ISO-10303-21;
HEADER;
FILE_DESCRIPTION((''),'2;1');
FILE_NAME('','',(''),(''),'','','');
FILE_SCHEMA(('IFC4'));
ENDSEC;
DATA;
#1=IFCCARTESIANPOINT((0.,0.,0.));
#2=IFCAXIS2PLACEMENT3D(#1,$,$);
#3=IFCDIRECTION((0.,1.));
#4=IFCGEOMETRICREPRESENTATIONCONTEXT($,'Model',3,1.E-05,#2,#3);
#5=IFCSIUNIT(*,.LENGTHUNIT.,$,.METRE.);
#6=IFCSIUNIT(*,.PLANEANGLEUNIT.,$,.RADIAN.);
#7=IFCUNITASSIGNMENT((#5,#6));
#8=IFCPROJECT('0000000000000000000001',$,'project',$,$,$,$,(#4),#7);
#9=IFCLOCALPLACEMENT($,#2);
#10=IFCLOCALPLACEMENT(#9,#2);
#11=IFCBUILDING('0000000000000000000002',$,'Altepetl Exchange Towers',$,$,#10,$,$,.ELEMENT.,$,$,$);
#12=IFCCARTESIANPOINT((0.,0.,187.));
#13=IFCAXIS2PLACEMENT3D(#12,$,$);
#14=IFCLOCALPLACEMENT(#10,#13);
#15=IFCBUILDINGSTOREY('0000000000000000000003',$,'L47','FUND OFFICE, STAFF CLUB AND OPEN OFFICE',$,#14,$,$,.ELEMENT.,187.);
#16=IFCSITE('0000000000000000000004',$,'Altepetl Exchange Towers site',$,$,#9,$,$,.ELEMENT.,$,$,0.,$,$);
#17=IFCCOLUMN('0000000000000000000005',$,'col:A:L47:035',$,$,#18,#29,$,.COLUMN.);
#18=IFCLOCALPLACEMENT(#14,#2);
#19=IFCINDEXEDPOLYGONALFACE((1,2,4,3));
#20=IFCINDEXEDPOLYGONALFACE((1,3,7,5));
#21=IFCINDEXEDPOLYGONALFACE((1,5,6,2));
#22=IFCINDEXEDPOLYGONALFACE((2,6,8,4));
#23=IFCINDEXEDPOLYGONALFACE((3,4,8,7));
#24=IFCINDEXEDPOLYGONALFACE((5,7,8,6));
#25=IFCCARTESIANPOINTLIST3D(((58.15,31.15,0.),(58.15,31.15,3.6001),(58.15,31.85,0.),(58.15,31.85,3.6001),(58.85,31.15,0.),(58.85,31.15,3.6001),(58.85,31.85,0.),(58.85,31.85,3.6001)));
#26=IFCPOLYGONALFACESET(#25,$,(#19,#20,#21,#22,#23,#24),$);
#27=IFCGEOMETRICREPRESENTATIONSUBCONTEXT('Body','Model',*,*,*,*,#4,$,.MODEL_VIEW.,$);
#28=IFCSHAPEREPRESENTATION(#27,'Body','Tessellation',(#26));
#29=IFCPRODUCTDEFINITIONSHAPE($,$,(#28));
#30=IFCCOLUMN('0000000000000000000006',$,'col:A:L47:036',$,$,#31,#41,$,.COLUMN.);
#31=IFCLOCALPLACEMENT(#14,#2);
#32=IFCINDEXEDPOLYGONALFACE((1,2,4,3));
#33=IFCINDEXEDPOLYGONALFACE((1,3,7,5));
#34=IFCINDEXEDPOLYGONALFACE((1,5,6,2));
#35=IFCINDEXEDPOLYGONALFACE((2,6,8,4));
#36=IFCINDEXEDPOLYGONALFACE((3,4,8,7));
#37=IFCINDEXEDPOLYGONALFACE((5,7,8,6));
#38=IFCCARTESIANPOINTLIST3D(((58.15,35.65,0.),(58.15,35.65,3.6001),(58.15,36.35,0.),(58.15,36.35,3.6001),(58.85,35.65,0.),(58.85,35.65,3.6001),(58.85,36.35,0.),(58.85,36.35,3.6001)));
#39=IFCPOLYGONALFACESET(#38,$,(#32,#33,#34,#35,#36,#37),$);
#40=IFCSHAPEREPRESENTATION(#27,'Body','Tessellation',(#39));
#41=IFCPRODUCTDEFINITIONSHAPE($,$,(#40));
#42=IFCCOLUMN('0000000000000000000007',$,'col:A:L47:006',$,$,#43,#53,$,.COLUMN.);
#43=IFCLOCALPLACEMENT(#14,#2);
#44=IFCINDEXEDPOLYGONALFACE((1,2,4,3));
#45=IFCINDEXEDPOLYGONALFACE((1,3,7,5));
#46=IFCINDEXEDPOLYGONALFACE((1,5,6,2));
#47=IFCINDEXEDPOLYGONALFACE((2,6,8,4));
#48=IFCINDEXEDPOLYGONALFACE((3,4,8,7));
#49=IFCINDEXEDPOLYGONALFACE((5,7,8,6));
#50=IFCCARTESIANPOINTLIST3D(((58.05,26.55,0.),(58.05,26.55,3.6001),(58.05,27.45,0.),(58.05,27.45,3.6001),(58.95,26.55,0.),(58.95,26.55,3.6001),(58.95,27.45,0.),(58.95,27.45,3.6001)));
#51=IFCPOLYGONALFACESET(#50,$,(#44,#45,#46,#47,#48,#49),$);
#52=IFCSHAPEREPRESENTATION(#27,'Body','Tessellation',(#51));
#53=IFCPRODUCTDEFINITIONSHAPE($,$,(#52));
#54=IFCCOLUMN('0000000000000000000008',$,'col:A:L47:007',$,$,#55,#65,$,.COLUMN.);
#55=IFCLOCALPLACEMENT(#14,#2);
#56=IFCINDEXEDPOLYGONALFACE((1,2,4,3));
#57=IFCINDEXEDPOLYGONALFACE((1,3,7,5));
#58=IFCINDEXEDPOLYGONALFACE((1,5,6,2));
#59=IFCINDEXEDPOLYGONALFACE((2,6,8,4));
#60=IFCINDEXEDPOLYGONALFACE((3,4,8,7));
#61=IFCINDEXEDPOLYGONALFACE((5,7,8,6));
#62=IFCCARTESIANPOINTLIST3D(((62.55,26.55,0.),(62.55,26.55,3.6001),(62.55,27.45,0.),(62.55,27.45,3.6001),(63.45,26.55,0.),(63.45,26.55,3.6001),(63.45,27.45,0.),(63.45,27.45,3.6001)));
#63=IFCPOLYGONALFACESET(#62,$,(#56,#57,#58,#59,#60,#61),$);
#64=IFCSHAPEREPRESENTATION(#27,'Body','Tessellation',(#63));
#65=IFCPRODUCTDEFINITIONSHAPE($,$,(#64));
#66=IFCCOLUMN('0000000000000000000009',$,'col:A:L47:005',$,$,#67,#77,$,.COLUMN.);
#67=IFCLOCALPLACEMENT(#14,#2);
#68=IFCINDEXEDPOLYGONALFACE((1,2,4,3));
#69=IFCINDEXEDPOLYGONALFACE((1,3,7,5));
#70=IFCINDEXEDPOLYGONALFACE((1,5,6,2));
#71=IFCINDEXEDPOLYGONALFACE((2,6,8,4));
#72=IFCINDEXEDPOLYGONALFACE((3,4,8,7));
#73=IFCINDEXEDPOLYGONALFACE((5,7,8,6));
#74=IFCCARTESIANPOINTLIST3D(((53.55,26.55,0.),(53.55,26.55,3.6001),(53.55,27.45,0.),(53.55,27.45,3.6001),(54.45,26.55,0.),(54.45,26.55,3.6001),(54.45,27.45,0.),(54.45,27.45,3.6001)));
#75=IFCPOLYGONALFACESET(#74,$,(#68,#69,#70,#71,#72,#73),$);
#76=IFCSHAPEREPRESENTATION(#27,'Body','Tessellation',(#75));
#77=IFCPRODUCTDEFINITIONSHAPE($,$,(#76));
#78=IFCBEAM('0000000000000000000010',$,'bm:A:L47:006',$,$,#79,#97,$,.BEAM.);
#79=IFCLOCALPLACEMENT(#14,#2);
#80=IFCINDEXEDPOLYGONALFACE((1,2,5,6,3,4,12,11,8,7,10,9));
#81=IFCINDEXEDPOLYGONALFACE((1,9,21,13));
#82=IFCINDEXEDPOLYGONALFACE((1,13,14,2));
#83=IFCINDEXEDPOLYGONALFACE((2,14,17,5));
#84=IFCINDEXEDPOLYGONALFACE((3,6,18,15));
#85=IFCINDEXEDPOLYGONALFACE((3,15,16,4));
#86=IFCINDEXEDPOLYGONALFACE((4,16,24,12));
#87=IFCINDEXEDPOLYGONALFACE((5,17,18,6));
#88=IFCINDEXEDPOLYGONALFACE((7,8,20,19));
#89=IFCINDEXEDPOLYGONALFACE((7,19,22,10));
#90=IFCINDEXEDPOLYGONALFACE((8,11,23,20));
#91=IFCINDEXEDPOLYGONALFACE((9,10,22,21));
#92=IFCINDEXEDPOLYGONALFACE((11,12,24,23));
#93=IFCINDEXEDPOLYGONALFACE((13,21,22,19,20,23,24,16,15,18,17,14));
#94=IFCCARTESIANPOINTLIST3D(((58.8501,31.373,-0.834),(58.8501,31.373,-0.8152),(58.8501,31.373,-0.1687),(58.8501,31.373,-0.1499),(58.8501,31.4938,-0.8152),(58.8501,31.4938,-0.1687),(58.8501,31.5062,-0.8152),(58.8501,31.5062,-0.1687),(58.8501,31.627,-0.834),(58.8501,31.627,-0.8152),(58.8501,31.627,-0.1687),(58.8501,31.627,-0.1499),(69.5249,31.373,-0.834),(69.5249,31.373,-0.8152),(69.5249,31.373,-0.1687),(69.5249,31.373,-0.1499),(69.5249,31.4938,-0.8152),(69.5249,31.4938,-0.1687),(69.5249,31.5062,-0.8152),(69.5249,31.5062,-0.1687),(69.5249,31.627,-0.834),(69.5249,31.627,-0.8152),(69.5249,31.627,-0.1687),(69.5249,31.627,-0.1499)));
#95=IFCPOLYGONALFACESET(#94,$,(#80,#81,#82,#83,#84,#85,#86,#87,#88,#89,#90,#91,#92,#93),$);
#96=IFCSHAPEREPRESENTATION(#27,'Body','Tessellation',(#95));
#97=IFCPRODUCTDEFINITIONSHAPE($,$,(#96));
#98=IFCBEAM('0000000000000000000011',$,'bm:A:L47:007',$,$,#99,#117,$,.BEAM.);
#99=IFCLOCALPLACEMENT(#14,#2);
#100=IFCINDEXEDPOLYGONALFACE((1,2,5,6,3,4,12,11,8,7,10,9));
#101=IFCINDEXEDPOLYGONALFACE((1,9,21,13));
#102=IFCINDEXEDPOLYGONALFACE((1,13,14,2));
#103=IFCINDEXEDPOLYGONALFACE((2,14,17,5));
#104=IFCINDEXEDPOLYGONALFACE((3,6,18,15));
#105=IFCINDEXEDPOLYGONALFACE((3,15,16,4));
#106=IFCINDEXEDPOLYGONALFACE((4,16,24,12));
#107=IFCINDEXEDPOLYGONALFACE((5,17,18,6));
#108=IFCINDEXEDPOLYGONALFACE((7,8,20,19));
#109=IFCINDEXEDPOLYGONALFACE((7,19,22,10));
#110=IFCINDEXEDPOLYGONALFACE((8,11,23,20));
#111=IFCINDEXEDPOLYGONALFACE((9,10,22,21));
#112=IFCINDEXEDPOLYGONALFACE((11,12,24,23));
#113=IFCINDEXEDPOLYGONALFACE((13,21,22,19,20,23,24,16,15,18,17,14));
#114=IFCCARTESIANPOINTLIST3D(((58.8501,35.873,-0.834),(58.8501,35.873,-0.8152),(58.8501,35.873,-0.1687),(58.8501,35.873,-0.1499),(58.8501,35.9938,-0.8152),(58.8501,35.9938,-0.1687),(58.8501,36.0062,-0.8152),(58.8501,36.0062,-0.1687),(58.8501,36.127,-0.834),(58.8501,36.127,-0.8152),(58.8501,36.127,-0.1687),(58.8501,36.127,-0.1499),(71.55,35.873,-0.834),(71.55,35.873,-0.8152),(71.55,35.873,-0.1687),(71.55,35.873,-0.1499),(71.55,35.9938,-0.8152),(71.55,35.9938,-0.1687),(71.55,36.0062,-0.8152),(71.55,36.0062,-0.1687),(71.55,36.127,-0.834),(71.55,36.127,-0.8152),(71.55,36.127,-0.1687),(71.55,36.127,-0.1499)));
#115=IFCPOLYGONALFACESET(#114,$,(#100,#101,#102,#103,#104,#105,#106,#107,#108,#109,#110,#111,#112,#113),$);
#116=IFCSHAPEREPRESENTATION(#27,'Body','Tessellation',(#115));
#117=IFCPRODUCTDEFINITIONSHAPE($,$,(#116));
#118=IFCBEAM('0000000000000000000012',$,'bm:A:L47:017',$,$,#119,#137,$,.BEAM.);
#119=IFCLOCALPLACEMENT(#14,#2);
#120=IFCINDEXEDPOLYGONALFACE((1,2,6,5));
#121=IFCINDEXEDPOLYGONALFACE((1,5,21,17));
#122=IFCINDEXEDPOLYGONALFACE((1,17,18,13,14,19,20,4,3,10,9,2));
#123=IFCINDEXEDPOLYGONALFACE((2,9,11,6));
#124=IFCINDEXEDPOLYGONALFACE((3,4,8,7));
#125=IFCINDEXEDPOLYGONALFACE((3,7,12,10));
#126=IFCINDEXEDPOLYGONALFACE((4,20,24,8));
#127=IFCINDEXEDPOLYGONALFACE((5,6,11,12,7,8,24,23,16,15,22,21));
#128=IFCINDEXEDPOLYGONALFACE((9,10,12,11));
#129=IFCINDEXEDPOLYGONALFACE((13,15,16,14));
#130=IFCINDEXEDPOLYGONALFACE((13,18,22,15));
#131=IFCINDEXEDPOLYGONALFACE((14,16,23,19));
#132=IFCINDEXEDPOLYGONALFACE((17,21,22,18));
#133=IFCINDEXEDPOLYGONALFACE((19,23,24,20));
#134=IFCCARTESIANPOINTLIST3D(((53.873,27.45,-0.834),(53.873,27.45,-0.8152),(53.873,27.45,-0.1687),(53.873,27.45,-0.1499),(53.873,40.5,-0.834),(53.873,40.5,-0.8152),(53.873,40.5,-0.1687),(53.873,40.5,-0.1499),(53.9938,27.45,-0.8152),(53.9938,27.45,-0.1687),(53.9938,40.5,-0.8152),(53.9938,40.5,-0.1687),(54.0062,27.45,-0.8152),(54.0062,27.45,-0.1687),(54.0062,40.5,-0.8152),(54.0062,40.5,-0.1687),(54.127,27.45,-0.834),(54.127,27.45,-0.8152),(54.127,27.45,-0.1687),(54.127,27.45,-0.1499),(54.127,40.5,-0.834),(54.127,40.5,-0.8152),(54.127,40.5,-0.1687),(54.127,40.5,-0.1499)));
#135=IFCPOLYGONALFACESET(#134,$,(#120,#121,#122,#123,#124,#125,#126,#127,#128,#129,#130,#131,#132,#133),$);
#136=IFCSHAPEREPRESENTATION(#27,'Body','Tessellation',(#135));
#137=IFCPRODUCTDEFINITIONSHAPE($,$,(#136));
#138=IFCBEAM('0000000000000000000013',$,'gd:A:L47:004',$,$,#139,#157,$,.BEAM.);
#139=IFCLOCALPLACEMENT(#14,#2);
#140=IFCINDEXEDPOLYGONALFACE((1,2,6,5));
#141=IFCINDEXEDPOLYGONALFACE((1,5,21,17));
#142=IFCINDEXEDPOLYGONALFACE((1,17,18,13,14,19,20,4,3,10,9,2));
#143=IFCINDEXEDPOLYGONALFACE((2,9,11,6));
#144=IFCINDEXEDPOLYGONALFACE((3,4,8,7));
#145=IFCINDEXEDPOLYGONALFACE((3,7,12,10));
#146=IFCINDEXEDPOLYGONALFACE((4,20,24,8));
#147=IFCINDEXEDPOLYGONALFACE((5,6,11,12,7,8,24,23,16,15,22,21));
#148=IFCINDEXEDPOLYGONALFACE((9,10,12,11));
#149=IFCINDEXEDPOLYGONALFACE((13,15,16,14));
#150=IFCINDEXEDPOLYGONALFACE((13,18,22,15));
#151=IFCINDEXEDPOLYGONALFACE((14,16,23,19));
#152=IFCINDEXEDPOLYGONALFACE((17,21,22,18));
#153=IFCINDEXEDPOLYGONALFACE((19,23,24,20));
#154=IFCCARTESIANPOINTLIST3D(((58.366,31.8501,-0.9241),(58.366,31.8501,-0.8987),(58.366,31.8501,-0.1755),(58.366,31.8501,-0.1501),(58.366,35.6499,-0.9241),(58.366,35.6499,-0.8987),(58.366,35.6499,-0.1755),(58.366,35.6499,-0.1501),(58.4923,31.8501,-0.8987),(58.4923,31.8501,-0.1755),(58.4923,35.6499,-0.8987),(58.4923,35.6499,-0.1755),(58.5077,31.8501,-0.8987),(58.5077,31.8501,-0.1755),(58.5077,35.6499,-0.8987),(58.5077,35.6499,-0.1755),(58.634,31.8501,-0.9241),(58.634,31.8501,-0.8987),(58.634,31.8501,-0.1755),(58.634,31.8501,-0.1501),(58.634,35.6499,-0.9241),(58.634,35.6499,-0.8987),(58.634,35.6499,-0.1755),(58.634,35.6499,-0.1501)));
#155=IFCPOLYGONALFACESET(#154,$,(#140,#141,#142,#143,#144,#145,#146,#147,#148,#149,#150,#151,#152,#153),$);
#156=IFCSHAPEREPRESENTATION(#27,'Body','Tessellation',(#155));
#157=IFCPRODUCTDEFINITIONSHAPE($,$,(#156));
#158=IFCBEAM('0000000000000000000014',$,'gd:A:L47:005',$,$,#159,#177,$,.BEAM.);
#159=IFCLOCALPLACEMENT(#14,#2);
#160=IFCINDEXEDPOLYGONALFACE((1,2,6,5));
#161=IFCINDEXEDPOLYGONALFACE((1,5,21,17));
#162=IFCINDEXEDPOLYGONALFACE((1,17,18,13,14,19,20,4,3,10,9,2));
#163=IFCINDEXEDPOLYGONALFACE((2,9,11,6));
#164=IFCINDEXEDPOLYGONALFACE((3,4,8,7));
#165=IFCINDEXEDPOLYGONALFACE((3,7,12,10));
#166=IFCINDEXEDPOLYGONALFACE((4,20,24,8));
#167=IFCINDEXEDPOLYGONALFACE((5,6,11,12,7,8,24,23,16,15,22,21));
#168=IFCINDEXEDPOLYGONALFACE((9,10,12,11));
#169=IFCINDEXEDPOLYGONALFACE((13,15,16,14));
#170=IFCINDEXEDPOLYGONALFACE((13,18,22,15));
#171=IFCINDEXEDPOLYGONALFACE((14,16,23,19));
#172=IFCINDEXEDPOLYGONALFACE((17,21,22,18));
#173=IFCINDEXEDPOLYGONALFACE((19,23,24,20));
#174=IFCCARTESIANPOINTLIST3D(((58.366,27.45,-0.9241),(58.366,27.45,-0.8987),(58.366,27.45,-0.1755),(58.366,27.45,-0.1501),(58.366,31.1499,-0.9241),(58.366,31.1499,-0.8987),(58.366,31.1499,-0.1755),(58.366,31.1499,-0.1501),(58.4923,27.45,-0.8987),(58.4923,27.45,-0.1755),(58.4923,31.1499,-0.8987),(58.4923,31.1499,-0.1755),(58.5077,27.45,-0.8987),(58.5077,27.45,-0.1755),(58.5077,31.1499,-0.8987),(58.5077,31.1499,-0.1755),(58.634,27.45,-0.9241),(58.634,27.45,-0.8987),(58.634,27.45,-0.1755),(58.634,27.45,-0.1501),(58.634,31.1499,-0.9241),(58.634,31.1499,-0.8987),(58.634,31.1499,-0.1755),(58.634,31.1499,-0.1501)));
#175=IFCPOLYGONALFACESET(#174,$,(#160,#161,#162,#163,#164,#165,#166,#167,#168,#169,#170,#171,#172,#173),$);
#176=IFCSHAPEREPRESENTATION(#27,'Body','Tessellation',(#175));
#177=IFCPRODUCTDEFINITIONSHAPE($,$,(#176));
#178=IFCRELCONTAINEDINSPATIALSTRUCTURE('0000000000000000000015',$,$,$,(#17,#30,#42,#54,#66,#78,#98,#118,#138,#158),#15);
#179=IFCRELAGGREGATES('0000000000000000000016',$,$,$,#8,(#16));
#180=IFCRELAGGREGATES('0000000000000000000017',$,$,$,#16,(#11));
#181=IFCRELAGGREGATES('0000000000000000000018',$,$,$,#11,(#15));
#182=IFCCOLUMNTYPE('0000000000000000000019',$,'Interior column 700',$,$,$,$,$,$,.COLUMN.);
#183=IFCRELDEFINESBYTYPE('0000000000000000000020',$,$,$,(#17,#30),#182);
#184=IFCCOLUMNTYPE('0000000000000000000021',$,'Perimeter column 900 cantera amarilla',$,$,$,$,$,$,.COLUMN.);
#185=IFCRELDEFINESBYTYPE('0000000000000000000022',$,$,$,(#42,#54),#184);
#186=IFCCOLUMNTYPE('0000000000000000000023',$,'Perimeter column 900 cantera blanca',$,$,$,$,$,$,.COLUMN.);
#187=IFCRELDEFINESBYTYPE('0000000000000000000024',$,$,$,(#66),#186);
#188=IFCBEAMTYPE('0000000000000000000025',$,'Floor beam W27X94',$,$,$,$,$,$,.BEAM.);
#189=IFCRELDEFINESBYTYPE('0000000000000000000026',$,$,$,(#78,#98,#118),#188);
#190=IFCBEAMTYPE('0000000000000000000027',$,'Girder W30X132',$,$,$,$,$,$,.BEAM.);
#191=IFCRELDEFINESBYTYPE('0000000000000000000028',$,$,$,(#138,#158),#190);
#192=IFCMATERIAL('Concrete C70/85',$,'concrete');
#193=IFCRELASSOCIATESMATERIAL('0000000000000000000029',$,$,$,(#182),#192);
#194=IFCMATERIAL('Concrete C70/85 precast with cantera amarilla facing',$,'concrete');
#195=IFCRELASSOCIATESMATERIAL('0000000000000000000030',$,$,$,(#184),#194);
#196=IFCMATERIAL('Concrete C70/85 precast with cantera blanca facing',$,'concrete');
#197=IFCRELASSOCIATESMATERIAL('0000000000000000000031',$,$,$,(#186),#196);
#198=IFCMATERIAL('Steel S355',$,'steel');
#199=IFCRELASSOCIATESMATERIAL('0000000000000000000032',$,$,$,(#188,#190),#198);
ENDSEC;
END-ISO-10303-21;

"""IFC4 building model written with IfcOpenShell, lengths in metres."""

from ifc_helpers import new_model, si_unit, direction, frame, origin, origin_2d, place, context, subcontext, project, spatial, rectangle, i_section, extrude, material, material_profile, profile_set, type_object, element, save


model = new_model("IFC4")

# Units and contexts
model_context = context("Model", 3, precision=1e-05, world=origin(), true_north=direction((0.0, 1.0)))
body_context = subcontext(model_context, "Body", "Model", "MODEL_VIEW")
ifc_project = project(units=[si_unit("LENGTHUNIT", "METRE"), si_unit("PLANEANGLEUNIT", "RADIAN")], contexts=[model_context])

# Site, building, storey
site_placement = place(None, origin())
site = spatial("IfcSite", under=ifc_project, at=site_placement, Name="Altepetl Exchange Towers site", CompositionType="ELEMENT", RefElevation=0.0)
building_placement = place(site_placement, origin())
building = spatial("IfcBuilding", under=site, at=building_placement, Name="Altepetl Exchange Towers", CompositionType="ELEMENT")
storey_placement = place(building_placement, frame((0.0, 0.0, 187.0)))
storey = spatial("IfcBuildingStorey", under=building, at=storey_placement, Name="L47", Description="FUND OFFICE, STAFF CLUB AND OPEN OFFICE", CompositionType="ELEMENT", Elevation=187.0)

# Columns
ifc_material_1 = material(Name="Concrete C70/85", Category="concrete")
ifc_material_profile_1 = material_profile(ifc_material_1, rectangle(XDim=0.7, YDim=0.7, at=origin_2d()), Name="700 x 700")
ifc_profile_set_1 = profile_set([ifc_material_profile_1], Name="Concrete C70/85")
column_type_1 = type_object("IfcColumnType", Name="Interior column 700", PredefinedType="COLUMN", material=ifc_profile_set_1)
for number, where, name in (
    (1, (58.5, 31.5, 0.0), "col:A:L47:035"),
    (2, (58.5, 36.0, 0.0), "col:A:L47:036"),
):
    element("IfcColumn", number, at=place(storey_placement, frame(where)), inside=storey, type_object=column_type_1, Name=name, PredefinedType="COLUMN", context=body_context, shape_type="SweptSolid", body=[
        extrude(rectangle(XDim=0.7, YDim=0.7, at=origin_2d()), origin(), (0.0, 0.0, 1.0), 3.6001),
    ])
ifc_material_2 = material(Name="Concrete C70/85 precast with cantera amarilla facing", Category="concrete")
ifc_material_profile_2 = material_profile(ifc_material_2, rectangle(XDim=0.8999, YDim=0.8999, at=origin_2d()), Name="900 x 900")
ifc_profile_set_2 = profile_set([ifc_material_profile_2], Name="Concrete C70/85 precast with cantera amarilla facing")
column_type_2 = type_object("IfcColumnType", Name="Perimeter column 900 cantera amarilla", PredefinedType="COLUMN", material=ifc_profile_set_2)
for number, where, name in (
    (3, (58.5, 27.0, 0.0), "col:A:L47:006"),
    (4, (63.0, 27.0, 0.0), "col:A:L47:007"),
):
    element("IfcColumn", number, at=place(storey_placement, frame(where)), inside=storey, type_object=column_type_2, Name=name, PredefinedType="COLUMN", context=body_context, shape_type="SweptSolid", body=[
        extrude(rectangle(XDim=0.8999, YDim=0.8999, at=origin_2d()), origin(), (0.0, 0.0, 1.0), 3.6001),
    ])
ifc_material_3 = material(Name="Concrete C70/85 precast with cantera blanca facing", Category="concrete")
ifc_material_profile_3 = material_profile(ifc_material_3, rectangle(XDim=0.8999, YDim=0.8999, at=origin_2d()), Name="900 x 900")
ifc_profile_set_3 = profile_set([ifc_material_profile_3], Name="Concrete C70/85 precast with cantera blanca facing")
column_type_3 = type_object("IfcColumnType", Name="Perimeter column 900 cantera blanca", PredefinedType="COLUMN", material=ifc_profile_set_3)
column_placement = place(storey_placement, frame((54.0, 27.0, 0.0)))
element("IfcColumn", 5, at=column_placement, inside=storey, type_object=column_type_3, Name="col:A:L47:005", PredefinedType="COLUMN", context=body_context, shape_type="SweptSolid", body=[
    extrude(rectangle(XDim=0.8999, YDim=0.8999, at=origin_2d()), origin(), (0.0, 0.0, 1.0), 3.6001),
])

# Beams
ifc_material_4 = material(Name="Steel S355", Category="steel")
ifc_material_profile_4 = material_profile(ifc_material_4, i_section(OverallWidth=0.2539, OverallDepth=0.6841, WebThickness=0.0125, FlangeThickness=0.0188, at=origin_2d()), Name="W27X94")
ifc_profile_set_4 = profile_set([ifc_material_profile_4], Name="Steel S355")
beam_type_1 = type_object("IfcBeamType", Name="Floor beam W27X94", PredefinedType="BEAM", material=ifc_profile_set_4)
beam_1_placement = place(storey_placement, frame((58.8501, 31.5, -0.4919), z_axis=(1.0, 0.0, 0.0), x_axis=(0.0, 1.0, 0.0)))
element("IfcBeam", 6, at=beam_1_placement, inside=storey, type_object=beam_type_1, Name="bm:A:L47:006", PredefinedType="BEAM", context=body_context, shape_type="SweptSolid", body=[
    extrude(i_section(OverallWidth=0.2539, OverallDepth=0.6841, WebThickness=0.0125, FlangeThickness=0.0188, at=origin_2d()), origin(), (0.0, 0.0, 1.0), 10.6748),
])
beam_2_placement = place(storey_placement, frame((58.8501, 36.0, -0.4919), z_axis=(1.0, 0.0, 0.0), x_axis=(0.0, 1.0, 0.0)))
element("IfcBeam", 7, at=beam_2_placement, inside=storey, type_object=beam_type_1, Name="bm:A:L47:007", PredefinedType="BEAM", context=body_context, shape_type="SweptSolid", body=[
    extrude(i_section(OverallWidth=0.2539, OverallDepth=0.6841, WebThickness=0.0125, FlangeThickness=0.0188, at=origin_2d()), origin(), (0.0, 0.0, 1.0), 12.7),
])
beam_3_placement = place(storey_placement, frame((54.0, 27.45, -0.4919), z_axis=(0.0, 1.0, 0.0), x_axis=(-1.0, 0.0, 0.0)))
element("IfcBeam", 8, at=beam_3_placement, inside=storey, type_object=beam_type_1, Name="bm:A:L47:017", PredefinedType="BEAM", context=body_context, shape_type="SweptSolid", body=[
    extrude(i_section(OverallWidth=0.2539, OverallDepth=0.6841, WebThickness=0.0125, FlangeThickness=0.0188, at=origin_2d()), origin(), (0.0, 0.0, 1.0), 13.05),
])
ifc_material_profile_5 = material_profile(ifc_material_4, i_section(OverallWidth=0.2681, OverallDepth=0.7739, WebThickness=0.0154, FlangeThickness=0.0254, at=origin_2d()), Name="W30X132")
ifc_profile_set_5 = profile_set([ifc_material_profile_5], Name="Steel S355")
beam_type_2 = type_object("IfcBeamType", Name="Girder W30X132", PredefinedType="BEAM", material=ifc_profile_set_5)
beam_4_placement = place(storey_placement, frame((58.5, 35.6499, -0.5371), z_axis=(0.0, -1.0, 0.0), x_axis=(1.0, 0.0, 0.0)))
element("IfcBeam", 9, at=beam_4_placement, inside=storey, type_object=beam_type_2, Name="gd:A:L47:004", PredefinedType="BEAM", context=body_context, shape_type="SweptSolid", body=[
    extrude(i_section(OverallWidth=0.2681, OverallDepth=0.7739, WebThickness=0.0154, FlangeThickness=0.0254, at=origin_2d()), origin(), (0.0, 0.0, 1.0), 3.7998),
])
beam_5_placement = place(storey_placement, frame((58.5, 31.1499, -0.5371), z_axis=(0.0, -1.0, 0.0), x_axis=(1.0, 0.0, 0.0)))
element("IfcBeam", 10, at=beam_5_placement, inside=storey, type_object=beam_type_2, Name="gd:A:L47:005", PredefinedType="BEAM", context=body_context, shape_type="SweptSolid", body=[
    extrude(i_section(OverallWidth=0.2681, OverallDepth=0.7739, WebThickness=0.0154, FlangeThickness=0.0254, at=origin_2d()), origin(), (0.0, 0.0, 1.0), 3.7),
])

save(model, "model.ifc")
